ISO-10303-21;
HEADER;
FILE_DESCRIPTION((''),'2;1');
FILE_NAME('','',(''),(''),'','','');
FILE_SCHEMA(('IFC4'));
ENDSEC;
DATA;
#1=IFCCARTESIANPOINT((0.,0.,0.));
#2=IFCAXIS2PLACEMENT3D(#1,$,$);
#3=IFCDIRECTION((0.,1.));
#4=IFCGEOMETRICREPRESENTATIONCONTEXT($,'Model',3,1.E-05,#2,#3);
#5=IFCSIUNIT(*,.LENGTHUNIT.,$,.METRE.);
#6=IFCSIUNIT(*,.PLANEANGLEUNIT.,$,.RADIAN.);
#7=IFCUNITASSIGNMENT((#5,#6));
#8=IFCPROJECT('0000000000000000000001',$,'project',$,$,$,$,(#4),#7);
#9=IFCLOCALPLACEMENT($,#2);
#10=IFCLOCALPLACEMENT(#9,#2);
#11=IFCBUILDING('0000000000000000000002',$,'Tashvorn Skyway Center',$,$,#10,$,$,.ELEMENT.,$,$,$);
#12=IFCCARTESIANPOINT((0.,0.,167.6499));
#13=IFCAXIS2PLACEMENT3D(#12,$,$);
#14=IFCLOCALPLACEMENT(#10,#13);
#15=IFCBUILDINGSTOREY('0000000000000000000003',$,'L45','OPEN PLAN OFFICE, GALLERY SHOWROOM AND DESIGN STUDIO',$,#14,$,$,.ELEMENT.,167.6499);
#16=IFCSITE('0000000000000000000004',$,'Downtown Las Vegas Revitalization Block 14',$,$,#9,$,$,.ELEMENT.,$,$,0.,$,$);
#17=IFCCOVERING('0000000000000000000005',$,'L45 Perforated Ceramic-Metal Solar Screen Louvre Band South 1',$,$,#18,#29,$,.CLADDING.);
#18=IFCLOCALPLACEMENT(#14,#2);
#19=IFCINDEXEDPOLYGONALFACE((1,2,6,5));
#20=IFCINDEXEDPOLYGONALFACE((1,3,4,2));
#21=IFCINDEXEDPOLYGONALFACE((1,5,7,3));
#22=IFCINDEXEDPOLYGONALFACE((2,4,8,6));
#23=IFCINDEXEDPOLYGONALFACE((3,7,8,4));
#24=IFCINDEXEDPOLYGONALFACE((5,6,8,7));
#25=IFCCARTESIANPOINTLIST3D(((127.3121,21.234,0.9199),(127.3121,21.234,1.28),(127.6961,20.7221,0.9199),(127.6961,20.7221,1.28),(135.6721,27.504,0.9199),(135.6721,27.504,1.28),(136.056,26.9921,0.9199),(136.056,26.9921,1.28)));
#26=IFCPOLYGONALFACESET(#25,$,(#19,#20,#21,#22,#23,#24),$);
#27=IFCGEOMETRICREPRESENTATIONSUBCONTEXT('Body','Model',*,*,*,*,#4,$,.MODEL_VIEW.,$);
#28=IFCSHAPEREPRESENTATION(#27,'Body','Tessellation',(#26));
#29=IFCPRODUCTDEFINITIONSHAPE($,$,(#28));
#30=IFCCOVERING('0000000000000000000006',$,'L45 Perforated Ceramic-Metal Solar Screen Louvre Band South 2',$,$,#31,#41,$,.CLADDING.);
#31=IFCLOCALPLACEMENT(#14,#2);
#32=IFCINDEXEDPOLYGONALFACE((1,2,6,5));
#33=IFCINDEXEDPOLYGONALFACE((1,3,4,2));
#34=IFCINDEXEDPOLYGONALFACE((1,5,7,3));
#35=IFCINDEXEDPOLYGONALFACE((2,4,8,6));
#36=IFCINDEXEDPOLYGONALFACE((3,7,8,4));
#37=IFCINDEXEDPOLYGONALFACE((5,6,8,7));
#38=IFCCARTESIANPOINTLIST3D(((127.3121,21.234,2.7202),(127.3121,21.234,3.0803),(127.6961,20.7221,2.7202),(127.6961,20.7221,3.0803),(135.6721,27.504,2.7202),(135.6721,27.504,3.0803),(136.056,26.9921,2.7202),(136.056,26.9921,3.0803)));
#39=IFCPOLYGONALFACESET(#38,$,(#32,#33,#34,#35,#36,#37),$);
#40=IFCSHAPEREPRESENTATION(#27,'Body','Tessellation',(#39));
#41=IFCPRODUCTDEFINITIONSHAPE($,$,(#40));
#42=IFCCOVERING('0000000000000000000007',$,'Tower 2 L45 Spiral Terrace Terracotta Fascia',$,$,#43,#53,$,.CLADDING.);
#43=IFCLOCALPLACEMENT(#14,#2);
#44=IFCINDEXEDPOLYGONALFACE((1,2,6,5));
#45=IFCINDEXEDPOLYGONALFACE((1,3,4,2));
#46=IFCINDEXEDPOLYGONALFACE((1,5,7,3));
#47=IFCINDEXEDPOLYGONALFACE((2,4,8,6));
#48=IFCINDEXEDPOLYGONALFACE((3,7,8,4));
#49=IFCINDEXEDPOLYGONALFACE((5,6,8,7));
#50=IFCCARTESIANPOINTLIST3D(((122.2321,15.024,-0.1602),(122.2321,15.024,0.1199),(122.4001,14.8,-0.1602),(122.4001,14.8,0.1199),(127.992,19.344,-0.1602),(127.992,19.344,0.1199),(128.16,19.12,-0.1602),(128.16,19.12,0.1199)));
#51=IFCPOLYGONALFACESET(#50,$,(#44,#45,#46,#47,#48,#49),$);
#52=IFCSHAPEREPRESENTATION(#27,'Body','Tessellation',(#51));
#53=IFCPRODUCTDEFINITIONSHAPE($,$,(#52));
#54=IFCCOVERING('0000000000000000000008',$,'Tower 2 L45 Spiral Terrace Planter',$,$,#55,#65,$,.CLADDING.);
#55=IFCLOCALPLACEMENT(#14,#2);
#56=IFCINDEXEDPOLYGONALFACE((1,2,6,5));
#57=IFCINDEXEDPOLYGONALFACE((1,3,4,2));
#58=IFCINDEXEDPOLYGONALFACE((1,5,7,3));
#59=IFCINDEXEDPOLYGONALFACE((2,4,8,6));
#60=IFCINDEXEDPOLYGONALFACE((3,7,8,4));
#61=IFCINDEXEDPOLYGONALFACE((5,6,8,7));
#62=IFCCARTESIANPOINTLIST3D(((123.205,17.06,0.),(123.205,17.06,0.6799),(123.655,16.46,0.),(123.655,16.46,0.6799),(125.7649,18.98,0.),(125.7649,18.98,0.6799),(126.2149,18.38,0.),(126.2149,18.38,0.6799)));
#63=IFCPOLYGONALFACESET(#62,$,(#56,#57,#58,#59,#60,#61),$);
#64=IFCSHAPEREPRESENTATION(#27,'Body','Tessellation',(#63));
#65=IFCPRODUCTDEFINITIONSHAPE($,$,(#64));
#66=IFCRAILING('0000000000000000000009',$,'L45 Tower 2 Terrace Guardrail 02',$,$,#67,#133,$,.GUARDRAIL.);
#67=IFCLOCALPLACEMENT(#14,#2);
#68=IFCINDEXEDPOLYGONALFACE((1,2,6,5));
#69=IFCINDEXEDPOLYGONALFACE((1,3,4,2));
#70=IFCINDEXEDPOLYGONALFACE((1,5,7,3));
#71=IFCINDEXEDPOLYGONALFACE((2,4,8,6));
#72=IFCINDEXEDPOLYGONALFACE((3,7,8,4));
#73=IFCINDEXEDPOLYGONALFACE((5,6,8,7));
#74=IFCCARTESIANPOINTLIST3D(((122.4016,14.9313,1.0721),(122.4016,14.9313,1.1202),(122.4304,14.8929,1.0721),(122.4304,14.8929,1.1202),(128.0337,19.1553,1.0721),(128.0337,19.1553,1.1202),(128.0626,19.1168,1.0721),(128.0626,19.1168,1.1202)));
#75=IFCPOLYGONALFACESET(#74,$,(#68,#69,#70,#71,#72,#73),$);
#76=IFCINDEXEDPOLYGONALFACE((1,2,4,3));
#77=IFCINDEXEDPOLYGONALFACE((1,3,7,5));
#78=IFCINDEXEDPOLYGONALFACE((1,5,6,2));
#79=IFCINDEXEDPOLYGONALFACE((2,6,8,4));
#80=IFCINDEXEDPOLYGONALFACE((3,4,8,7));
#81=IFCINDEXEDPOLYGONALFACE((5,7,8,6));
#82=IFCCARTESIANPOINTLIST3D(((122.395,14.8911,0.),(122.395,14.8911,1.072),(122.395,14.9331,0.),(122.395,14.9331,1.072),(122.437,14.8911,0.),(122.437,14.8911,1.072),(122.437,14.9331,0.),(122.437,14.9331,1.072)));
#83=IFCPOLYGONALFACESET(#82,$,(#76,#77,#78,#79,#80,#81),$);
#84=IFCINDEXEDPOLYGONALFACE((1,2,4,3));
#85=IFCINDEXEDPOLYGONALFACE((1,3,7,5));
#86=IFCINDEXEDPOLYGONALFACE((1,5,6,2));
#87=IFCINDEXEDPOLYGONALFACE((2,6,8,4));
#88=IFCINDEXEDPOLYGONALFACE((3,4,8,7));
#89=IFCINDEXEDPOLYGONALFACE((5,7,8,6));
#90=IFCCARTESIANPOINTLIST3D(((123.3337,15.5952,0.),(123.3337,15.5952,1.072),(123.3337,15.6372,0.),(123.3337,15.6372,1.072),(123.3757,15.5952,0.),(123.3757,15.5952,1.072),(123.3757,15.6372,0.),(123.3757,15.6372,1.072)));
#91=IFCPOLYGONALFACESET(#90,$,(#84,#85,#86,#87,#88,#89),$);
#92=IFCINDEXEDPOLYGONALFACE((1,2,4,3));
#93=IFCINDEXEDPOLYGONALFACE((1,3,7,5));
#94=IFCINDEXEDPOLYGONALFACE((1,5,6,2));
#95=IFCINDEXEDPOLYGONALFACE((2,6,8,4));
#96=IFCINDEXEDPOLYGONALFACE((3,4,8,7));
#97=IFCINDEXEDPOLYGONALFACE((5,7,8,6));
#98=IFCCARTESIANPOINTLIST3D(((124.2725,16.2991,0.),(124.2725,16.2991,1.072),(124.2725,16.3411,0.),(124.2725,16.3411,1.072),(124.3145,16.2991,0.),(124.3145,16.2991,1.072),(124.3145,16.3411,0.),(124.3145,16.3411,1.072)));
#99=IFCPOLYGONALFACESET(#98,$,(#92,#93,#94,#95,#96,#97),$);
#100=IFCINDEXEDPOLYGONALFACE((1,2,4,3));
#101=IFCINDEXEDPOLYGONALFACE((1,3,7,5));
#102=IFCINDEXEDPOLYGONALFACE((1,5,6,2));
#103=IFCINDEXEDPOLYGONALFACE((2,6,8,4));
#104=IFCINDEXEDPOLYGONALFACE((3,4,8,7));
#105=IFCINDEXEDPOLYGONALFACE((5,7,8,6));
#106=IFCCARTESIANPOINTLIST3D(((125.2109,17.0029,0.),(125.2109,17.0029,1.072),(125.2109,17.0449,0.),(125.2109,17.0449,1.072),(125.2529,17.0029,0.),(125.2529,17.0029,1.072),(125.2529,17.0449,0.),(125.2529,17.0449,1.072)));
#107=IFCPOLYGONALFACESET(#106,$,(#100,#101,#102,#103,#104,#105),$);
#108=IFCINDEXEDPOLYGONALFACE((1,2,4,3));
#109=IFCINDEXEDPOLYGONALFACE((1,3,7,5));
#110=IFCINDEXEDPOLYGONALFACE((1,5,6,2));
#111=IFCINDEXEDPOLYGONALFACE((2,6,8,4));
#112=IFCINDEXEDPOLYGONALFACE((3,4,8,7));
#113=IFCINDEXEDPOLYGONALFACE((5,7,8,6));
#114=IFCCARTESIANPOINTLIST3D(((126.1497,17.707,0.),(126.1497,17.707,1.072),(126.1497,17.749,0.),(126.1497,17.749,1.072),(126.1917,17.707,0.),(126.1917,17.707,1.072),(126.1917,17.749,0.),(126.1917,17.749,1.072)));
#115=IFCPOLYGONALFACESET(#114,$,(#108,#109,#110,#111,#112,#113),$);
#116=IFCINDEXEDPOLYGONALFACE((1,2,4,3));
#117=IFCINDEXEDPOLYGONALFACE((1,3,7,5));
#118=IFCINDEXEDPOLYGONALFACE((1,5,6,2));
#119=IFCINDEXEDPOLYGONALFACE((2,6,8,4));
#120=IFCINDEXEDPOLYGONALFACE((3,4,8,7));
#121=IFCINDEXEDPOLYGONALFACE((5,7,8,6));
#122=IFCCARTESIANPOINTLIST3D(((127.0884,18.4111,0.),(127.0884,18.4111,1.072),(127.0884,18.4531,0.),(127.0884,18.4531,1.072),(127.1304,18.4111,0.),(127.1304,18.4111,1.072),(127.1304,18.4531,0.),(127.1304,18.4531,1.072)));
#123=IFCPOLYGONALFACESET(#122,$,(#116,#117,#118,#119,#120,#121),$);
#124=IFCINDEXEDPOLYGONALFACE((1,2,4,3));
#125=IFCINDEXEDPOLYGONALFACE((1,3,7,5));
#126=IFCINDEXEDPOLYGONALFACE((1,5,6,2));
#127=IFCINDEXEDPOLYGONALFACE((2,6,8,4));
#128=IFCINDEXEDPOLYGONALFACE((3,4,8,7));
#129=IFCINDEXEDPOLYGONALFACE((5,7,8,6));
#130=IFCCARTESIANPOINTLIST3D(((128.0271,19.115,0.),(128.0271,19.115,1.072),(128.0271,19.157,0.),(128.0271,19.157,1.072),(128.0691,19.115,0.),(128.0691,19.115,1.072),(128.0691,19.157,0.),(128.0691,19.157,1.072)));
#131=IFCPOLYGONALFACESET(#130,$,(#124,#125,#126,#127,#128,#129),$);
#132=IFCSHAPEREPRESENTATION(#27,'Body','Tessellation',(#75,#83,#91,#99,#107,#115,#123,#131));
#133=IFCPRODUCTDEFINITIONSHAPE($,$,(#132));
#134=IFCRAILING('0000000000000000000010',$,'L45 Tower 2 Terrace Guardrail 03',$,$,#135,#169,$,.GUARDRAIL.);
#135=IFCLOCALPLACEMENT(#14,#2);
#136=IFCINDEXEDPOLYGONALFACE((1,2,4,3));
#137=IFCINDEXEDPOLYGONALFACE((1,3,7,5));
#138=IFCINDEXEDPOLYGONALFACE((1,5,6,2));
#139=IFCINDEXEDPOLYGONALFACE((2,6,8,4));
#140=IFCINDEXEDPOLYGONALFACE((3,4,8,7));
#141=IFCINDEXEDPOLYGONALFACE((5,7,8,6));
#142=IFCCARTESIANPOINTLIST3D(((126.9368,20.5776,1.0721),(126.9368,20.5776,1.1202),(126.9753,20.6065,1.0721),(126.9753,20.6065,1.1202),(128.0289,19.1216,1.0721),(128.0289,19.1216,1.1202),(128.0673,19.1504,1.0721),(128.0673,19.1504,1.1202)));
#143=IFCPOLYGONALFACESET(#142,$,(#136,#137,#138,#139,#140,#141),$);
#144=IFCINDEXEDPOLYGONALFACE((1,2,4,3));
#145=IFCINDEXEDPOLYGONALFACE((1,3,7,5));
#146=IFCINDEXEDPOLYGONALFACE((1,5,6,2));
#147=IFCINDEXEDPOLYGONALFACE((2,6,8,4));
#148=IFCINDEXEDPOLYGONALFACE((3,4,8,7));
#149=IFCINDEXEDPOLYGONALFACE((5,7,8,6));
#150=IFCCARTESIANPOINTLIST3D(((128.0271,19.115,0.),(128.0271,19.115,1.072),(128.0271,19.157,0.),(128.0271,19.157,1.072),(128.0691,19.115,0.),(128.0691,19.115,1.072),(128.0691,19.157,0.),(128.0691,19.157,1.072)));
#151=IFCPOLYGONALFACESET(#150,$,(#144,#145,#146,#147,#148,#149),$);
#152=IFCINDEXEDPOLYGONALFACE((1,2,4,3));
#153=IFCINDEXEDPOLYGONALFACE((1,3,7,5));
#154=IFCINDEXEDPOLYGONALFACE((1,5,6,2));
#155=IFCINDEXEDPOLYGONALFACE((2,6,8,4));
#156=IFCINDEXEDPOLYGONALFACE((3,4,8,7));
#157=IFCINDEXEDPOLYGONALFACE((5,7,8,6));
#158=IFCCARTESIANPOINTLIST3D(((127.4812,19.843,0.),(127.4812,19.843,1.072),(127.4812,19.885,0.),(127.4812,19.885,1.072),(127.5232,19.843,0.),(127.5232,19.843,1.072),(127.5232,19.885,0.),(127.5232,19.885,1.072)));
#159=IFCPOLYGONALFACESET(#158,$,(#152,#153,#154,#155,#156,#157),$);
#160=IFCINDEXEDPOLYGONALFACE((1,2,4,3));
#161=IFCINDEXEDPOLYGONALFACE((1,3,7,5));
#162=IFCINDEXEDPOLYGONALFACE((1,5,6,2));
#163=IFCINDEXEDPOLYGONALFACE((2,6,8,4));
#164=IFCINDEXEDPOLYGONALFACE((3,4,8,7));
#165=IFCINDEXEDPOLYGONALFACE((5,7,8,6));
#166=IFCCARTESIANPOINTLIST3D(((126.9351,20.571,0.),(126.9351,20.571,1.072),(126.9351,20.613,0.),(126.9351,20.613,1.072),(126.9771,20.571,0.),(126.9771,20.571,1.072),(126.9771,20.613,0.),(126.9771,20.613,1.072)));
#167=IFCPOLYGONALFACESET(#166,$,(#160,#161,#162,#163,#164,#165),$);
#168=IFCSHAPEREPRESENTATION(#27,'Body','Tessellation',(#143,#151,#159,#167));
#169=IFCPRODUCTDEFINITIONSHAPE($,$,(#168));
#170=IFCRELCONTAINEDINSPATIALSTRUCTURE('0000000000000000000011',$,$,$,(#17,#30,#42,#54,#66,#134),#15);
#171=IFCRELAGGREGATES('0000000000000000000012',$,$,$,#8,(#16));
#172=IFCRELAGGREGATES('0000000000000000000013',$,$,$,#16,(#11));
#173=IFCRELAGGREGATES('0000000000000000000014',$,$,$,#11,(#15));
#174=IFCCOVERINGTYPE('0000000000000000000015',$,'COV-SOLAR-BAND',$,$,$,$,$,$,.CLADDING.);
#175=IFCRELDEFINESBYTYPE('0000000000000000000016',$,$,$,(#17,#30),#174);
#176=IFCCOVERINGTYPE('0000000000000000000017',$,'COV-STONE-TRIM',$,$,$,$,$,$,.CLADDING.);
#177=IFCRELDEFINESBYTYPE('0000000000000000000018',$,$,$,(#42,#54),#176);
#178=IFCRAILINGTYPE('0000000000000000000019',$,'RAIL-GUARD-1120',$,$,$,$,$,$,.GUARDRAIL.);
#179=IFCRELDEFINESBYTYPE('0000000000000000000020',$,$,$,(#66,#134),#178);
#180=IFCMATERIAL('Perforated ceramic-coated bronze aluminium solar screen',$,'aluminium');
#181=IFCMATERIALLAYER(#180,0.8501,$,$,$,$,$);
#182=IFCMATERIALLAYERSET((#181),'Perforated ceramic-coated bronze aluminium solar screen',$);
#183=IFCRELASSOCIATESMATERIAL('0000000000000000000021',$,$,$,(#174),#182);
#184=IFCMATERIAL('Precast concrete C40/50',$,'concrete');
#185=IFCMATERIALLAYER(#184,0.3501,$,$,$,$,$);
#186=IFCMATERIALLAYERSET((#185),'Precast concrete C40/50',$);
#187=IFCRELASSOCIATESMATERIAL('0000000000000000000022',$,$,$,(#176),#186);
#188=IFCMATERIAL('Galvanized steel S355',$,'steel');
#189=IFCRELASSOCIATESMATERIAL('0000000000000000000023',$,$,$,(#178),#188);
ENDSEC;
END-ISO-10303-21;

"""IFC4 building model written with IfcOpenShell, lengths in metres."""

from ifc_helpers import new_model, si_unit, direction, frame, origin, origin_2d, place, context, subcontext, project, spatial, rectangle, extrude, material, layer, layer_set, type_object, element, save


model = new_model("IFC4")

# Units and contexts
model_context = context("Model", 3, precision=1e-05, world=origin(), true_north=direction((0.0, 1.0)))
body_context = subcontext(model_context, "Body", "Model", "MODEL_VIEW")
ifc_project = project(units=[si_unit("LENGTHUNIT", "METRE"), si_unit("PLANEANGLEUNIT", "RADIAN")], contexts=[model_context])

# Site, building, storey
site_placement = place(None, origin())
site = spatial("IfcSite", under=ifc_project, at=site_placement, Name="Downtown Las Vegas Revitalization Block 14", CompositionType="ELEMENT", RefElevation=0.0)
building_placement = place(site_placement, origin())
building = spatial("IfcBuilding", under=site, at=building_placement, Name="Tashvorn Skyway Center", CompositionType="ELEMENT")
storey_placement = place(building_placement, frame((0.0, 0.0, 167.6499)))
storey = spatial("IfcBuildingStorey", under=building, at=storey_placement, Name="L45", Description="OPEN PLAN OFFICE, GALLERY SHOWROOM AND DESIGN STUDIO", CompositionType="ELEMENT", Elevation=167.6499)

# Shared definitions
ifc_material_1 = material(Name="Precast concrete C40/50", Category="concrete")

# Coverings
ifc_material_2 = material(Name="Perforated ceramic-coated bronze aluminium solar screen", Category="aluminium")
ifc_layer_1 = layer(ifc_material_2, 0.8501)
ifc_layer_set_1 = layer_set([ifc_layer_1], Name="Perforated ceramic-coated bronze aluminium solar screen")
covering_type_1 = type_object("IfcCoveringType", Name="COV-SOLAR-BAND", PredefinedType="CLADDING", material=ifc_layer_set_1)
for number, where, z_axis, x_axis, name in (
    (1, (131.6841, 24.113, 0.9199), (0.0, 0.0, 1.0), (-0.8, -0.6, 0.0), "L45 Perforated Ceramic-Metal Solar Screen Louvre Band South 1"),
    (2, (131.6841, 24.113, 2.7202), (0.0, 0.0, 1.0), (-0.8, -0.6, 0.0), "L45 Perforated Ceramic-Metal Solar Screen Louvre Band South 2"),
):
    element("IfcCovering", number, at=place(storey_placement, frame(where, z_axis=z_axis, x_axis=x_axis)), inside=storey, type_object=covering_type_1, Name=name, PredefinedType="CLADDING", context=body_context, shape_type="SweptSolid", body=[
        extrude(rectangle(XDim=10.45, YDim=0.6399, at=origin_2d()), origin(), (0.0, 0.0, 1.0), 0.3601),
    ])
ifc_layer_2 = layer(ifc_material_1, 0.3501)
ifc_layer_set_2 = layer_set([ifc_layer_2], Name="Precast concrete C40/50")
covering_type_2 = type_object("IfcCoveringType", Name="COV-STONE-TRIM", PredefinedType="CLADDING", material=ifc_layer_set_2)
covering_1_placement = place(storey_placement, frame((125.196, 17.072, -0.1602), z_axis=(0.0, 0.0, 1.0), x_axis=(-0.8, -0.6, 0.0)))
element("IfcCovering", 3, at=covering_1_placement, inside=storey, type_object=covering_type_2, Name="Tower 2 L45 Spiral Terrace Terracotta Fascia", PredefinedType="CLADDING", context=body_context, shape_type="SweptSolid", body=[
    extrude(rectangle(XDim=7.2, YDim=0.28, at=origin_2d()), origin(), (0.0, 0.0, 1.0), 0.28),
])
covering_2_placement = place(storey_placement, frame((124.71, 17.72, 0.0), z_axis=(0.0, 0.0, 1.0), x_axis=(-0.8, -0.6, 0.0)))
element("IfcCovering", 4, at=covering_2_placement, inside=storey, type_object=covering_type_2, Name="Tower 2 L45 Spiral Terrace Planter", PredefinedType="CLADDING", context=body_context, shape_type="SweptSolid", body=[
    extrude(rectangle(XDim=3.2, YDim=0.75, at=origin_2d()), origin(), (0.0, 0.0, 1.0), 0.6799),
])

# Railings
ifc_material_3 = material(Name="Galvanized steel S355", Category="steel")
railing_type = type_object("IfcRailingType", Name="RAIL-GUARD-1120", PredefinedType="GUARDRAIL", material=ifc_material_3)
railing_1_placement = place(storey_placement, frame((122.416, 14.9121, 0.0)))
element("IfcRailing", 5, at=railing_1_placement, inside=storey, type_object=railing_type, Name="L45 Tower 2 Terrace Guardrail 02", PredefinedType="GUARDRAIL", context=body_context, shape_type="SweptSolid", body=[
    extrude(rectangle(XDim=0.0481, YDim=0.0481, at=origin_2d()), frame((0.0, 0.0, 1.0962), z_axis=(0.800012, 0.599983, 0.0), x_axis=(-0.599983, 0.800012, 0.0)), (0.0, 0.0, 1.0), 7.04),
    extrude(rectangle(XDim=0.042, YDim=0.042, at=origin_2d()), origin(), (0.0, 0.0, 1.0), 1.072),
    extrude(rectangle(XDim=0.042, YDim=0.042, at=origin_2d()), frame((0.9387, 0.7041, 0.0)), (0.0, 0.0, 1.0), 1.072),
    extrude(rectangle(XDim=0.042, YDim=0.042, at=origin_2d()), frame((1.8774, 1.408, 0.0)), (0.0, 0.0, 1.0), 1.072),
    extrude(rectangle(XDim=0.042, YDim=0.042, at=origin_2d()), frame((2.8159, 2.1118, 0.0)), (0.0, 0.0, 1.0), 1.072),
    extrude(rectangle(XDim=0.042, YDim=0.042, at=origin_2d()), frame((3.7546, 2.8159, 0.0)), (0.0, 0.0, 1.0), 1.072),
    extrude(rectangle(XDim=0.042, YDim=0.042, at=origin_2d()), frame((4.6934, 3.52, 0.0)), (0.0, 0.0, 1.0), 1.072),
    extrude(rectangle(XDim=0.042, YDim=0.042, at=origin_2d()), frame((5.6321, 4.2239, 0.0)), (0.0, 0.0, 1.0), 1.072),
])
railing_2_placement = place(storey_placement, frame((128.0481, 19.136, 0.0)))
element("IfcRailing", 6, at=railing_2_placement, inside=storey, type_object=railing_type, Name="L45 Tower 2 Terrace Guardrail 03", PredefinedType="GUARDRAIL", context=body_context, shape_type="SweptSolid", body=[
    extrude(rectangle(XDim=0.0481, YDim=0.0481, at=origin_2d()), frame((0.0, 0.0, 1.0962), z_axis=(-0.6, 0.8, 0.0), x_axis=(-0.8, -0.6, 0.0)), (0.0, 0.0, 1.0), 1.8201),
    extrude(rectangle(XDim=0.042, YDim=0.042, at=origin_2d()), origin(), (0.0, 0.0, 1.0), 1.072),
    extrude(rectangle(XDim=0.042, YDim=0.042, at=origin_2d()), frame((-0.5459, 0.728, 0.0)), (0.0, 0.0, 1.0), 1.072),
    extrude(rectangle(XDim=0.042, YDim=0.042, at=origin_2d()), frame((-1.092, 1.4561, 0.0)), (0.0, 0.0, 1.0), 1.072),
])

save(model, "model.ifc")
